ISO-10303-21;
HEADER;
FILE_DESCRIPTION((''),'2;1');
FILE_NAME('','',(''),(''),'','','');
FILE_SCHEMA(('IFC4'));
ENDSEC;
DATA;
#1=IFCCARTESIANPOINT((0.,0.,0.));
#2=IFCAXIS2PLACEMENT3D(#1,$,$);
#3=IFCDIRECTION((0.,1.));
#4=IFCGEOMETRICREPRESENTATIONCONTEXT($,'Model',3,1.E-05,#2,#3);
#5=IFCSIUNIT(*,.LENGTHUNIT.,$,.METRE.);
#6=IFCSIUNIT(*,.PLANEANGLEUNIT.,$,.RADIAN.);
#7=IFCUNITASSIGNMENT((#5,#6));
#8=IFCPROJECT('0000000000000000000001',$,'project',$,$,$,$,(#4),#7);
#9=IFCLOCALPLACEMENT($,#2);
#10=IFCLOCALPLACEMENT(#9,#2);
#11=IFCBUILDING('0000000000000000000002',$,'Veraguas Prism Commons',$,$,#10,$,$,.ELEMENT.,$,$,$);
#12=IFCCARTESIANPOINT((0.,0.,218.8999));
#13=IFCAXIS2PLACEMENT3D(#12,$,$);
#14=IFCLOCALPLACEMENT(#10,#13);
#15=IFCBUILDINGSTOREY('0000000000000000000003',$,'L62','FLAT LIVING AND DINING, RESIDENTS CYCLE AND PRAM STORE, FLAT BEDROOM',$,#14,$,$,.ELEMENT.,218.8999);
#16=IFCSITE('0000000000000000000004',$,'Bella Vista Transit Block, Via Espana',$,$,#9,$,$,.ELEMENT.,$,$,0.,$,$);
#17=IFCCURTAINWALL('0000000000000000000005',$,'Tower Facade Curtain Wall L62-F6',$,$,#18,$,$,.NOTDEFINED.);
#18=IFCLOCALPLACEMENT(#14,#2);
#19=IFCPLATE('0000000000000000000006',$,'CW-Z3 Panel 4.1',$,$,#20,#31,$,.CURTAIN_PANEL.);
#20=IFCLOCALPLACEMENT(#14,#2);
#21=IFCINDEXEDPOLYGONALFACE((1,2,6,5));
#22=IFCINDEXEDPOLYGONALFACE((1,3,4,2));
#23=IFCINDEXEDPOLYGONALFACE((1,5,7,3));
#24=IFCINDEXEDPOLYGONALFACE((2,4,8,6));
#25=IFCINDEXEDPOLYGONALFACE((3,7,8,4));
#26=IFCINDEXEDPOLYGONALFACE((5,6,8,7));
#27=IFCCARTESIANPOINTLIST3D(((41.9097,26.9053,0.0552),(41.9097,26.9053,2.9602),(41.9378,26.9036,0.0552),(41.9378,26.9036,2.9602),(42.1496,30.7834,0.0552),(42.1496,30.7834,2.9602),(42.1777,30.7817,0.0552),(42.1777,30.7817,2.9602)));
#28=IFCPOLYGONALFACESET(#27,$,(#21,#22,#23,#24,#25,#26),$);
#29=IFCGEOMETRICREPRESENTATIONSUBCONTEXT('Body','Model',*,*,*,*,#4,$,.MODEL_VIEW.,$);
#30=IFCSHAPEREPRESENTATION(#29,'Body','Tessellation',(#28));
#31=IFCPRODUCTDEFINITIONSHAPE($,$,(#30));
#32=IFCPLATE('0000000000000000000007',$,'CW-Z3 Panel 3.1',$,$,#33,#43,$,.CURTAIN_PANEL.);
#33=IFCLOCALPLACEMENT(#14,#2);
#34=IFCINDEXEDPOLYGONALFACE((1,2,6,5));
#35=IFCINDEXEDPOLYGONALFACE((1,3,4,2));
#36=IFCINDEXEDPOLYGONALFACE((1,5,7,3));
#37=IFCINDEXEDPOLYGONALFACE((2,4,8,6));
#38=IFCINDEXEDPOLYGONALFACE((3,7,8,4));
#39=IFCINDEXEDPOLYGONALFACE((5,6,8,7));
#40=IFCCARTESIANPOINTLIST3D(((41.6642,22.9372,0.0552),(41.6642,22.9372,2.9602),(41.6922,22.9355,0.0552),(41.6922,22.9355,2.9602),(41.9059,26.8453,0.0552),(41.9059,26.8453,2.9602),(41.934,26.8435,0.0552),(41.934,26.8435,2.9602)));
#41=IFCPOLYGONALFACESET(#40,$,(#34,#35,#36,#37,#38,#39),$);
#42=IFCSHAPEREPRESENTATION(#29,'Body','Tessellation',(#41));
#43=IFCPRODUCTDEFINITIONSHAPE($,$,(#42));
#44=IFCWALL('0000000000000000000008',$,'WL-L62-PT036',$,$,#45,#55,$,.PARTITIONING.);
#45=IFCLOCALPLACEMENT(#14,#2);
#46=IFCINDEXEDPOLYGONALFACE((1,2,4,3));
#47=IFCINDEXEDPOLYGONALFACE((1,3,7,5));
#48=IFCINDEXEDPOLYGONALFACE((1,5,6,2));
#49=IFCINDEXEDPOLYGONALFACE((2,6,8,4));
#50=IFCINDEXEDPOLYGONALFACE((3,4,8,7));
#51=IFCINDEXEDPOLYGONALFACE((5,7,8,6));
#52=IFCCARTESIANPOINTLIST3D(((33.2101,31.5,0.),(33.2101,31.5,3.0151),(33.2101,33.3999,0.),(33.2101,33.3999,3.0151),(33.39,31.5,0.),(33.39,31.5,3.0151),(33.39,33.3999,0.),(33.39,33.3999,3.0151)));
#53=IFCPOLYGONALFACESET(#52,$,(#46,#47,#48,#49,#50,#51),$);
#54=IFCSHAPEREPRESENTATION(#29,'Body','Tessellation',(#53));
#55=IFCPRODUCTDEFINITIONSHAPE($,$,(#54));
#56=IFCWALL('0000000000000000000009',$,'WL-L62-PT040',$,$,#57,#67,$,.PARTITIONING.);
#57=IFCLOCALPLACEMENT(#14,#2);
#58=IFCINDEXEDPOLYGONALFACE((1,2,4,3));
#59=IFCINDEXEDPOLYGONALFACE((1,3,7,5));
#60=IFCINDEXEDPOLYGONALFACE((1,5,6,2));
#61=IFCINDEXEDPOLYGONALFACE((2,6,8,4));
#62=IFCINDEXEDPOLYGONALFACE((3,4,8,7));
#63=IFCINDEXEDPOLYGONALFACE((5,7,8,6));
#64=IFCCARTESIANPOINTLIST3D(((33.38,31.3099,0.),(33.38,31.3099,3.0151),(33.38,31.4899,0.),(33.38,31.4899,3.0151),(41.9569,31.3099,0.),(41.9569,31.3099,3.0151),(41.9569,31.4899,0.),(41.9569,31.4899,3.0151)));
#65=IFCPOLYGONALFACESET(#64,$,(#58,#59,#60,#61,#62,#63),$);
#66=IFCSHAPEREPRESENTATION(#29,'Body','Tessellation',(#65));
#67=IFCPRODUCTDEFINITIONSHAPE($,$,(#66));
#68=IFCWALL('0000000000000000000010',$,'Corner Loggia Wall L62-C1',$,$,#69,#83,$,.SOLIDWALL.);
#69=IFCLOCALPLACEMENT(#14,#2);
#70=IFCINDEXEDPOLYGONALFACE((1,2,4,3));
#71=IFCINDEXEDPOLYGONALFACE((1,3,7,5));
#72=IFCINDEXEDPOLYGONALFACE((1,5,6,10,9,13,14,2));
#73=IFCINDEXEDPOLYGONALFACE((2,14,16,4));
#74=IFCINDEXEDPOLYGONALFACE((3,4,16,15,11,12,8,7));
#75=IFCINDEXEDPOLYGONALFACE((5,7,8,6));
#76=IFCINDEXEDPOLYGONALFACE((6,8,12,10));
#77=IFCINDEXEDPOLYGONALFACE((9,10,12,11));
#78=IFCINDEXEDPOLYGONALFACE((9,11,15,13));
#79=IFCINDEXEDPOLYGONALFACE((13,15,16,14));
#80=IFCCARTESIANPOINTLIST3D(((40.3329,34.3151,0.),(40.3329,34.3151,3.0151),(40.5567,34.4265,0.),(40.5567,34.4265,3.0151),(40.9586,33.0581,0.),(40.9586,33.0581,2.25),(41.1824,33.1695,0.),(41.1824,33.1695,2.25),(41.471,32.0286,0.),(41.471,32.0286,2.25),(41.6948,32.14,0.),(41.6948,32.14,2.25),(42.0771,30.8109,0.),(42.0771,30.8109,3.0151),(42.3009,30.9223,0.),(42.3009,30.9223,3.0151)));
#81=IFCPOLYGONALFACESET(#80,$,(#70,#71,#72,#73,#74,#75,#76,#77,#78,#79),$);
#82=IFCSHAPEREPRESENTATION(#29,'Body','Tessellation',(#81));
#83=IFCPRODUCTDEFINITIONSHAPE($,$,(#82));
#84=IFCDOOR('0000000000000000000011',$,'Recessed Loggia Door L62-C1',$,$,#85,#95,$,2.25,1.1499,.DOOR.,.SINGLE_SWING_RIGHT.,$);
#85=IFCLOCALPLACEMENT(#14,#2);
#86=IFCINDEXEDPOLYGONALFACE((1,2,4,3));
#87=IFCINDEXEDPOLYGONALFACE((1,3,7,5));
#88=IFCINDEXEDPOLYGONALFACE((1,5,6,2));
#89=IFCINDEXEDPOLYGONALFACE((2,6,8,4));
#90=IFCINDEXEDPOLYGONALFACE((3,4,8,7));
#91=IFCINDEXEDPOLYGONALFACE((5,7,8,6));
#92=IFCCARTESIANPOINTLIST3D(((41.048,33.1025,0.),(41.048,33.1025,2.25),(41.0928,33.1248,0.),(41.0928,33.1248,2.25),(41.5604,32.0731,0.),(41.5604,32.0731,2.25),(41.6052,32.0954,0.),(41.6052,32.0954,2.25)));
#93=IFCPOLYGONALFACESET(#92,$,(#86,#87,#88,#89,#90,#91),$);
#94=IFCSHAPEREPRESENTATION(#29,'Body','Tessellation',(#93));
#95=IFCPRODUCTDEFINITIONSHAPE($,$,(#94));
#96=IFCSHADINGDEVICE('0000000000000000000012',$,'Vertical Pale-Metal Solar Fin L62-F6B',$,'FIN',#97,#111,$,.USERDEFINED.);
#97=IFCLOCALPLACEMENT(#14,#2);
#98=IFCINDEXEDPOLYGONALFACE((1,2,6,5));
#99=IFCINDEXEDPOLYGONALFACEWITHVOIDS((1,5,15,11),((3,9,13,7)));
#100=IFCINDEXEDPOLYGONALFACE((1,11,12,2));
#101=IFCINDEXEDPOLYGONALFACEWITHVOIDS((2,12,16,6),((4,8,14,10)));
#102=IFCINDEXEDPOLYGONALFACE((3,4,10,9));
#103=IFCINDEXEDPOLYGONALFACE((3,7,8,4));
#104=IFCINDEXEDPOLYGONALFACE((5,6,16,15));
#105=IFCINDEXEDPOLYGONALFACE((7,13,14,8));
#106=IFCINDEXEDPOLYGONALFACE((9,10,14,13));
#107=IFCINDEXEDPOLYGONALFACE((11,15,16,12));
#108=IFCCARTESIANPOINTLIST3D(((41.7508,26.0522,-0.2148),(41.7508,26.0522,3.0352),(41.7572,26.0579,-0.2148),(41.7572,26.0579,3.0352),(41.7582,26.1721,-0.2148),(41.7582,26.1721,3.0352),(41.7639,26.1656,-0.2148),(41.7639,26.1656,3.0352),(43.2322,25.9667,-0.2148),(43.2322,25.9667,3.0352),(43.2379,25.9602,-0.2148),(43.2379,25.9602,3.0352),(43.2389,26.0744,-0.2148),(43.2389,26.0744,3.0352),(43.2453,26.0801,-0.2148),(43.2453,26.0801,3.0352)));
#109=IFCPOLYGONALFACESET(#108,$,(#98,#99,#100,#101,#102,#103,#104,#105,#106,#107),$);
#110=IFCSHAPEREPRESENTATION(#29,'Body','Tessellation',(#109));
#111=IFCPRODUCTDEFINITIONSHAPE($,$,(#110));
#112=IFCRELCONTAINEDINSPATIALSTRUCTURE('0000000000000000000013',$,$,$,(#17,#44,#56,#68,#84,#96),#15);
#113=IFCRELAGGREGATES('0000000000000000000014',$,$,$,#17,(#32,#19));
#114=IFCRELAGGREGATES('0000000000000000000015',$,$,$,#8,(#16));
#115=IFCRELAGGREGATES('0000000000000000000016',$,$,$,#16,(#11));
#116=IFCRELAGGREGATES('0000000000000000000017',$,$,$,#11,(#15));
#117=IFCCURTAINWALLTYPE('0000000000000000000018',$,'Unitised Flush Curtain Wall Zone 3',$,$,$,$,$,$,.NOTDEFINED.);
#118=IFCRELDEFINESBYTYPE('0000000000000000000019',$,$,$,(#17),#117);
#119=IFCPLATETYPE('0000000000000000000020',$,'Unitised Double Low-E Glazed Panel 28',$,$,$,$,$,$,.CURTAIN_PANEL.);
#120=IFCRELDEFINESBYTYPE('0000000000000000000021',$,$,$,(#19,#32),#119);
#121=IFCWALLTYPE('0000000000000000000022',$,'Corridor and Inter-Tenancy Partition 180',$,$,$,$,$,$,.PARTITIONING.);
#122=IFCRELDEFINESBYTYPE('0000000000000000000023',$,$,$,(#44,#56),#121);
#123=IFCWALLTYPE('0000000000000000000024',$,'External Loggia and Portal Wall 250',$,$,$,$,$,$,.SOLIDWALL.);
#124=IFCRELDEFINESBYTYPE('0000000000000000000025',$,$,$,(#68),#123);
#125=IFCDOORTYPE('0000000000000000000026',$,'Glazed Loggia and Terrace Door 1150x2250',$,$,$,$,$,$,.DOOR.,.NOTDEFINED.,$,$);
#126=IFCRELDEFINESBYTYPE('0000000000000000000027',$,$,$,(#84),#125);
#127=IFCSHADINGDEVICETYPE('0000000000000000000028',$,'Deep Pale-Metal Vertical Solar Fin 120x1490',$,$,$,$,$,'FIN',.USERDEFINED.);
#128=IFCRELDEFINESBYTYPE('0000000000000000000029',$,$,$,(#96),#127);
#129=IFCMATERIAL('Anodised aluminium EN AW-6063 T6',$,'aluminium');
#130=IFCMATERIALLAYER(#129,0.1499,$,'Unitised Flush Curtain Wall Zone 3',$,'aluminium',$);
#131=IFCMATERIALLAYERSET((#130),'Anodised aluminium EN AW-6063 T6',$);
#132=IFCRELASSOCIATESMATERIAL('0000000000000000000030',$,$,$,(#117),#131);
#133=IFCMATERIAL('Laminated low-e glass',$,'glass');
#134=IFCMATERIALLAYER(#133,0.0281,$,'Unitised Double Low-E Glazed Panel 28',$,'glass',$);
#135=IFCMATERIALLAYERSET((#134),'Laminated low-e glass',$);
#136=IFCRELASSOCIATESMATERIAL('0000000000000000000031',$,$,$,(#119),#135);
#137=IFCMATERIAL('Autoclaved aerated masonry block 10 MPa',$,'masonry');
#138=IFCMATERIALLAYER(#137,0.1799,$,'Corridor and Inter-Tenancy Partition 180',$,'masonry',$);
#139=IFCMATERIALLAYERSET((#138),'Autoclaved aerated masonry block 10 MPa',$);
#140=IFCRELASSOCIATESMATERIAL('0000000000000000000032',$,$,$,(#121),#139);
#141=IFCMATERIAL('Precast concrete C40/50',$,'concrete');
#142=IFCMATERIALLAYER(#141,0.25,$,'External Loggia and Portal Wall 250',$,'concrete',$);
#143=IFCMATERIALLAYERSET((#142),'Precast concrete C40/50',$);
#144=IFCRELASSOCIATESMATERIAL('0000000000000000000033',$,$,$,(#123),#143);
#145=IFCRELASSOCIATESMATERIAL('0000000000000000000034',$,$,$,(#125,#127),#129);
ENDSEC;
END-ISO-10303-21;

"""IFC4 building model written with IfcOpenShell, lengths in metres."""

from ifc_helpers import new_model, si_unit, direction, frame, frame_2d, origin, origin_2d, place, context, subcontext, project, spatial, rectangle, hollow_rectangle, extrude, source, transform, mapped, material, layer, layer_set, material_profile, profile_set, type_object, element, fill, aggregate, save


model = new_model("IFC4")

# Units and contexts
model_context = context("Model", 3, precision=1e-05, world=origin(), true_north=direction((0.0, 1.0)))
body_context = subcontext(model_context, "Body", "Model", "MODEL_VIEW")
ifc_project = project(units=[si_unit("LENGTHUNIT", "METRE"), si_unit("PLANEANGLEUNIT", "RADIAN")], contexts=[model_context])

# Site, building, storey
site_placement = place(None, origin())
site = spatial("IfcSite", under=ifc_project, at=site_placement, Name="Bella Vista Transit Block, Via Espana", CompositionType="ELEMENT", RefElevation=0.0)
building_placement = place(site_placement, origin())
building = spatial("IfcBuilding", under=site, at=building_placement, Name="Veraguas Prism Commons", CompositionType="ELEMENT")
storey_placement = place(building_placement, frame((0.0, 0.0, 218.8999)))
storey = spatial("IfcBuildingStorey", under=building, at=storey_placement, Name="L62", Description="FLAT LIVING AND DINING, RESIDENTS CYCLE AND PRAM STORE, FLAT BEDROOM", CompositionType="ELEMENT", Elevation=218.8999)

# Curtain wall, plates
ifc_material_1 = material(Name="Anodised aluminium EN AW-6063 T6", Category="aluminium")
ifc_layer_1 = layer(ifc_material_1, 0.1499, Name="Unitised Flush Curtain Wall Zone 3", Category="aluminium")
ifc_layer_set_1 = layer_set([ifc_layer_1], Name="Anodised aluminium EN AW-6063 T6")
curtain_wall_type = type_object("IfcCurtainWallType", Name="Unitised Flush Curtain Wall Zone 3", PredefinedType="NOTDEFINED", material=ifc_layer_set_1)
curtain_wall_placement = place(storey_placement, origin())
curtain_wall = element("IfcCurtainWall", 1, at=curtain_wall_placement, inside=storey, type_object=curtain_wall_type, Name="Tower Facade Curtain Wall L62-F6", PredefinedType="NOTDEFINED")
ifc_material_2 = material(Name="Laminated low-e glass", Category="glass")
ifc_layer_2 = layer(ifc_material_2, 0.0281, Name="Unitised Double Low-E Glazed Panel 28", Category="glass")
ifc_layer_set_2 = layer_set([ifc_layer_2], Name="Laminated low-e glass")
plate_type = type_object("IfcPlateType", Name="Unitised Double Low-E Glazed Panel 28", PredefinedType="CURTAIN_PANEL", material=ifc_layer_set_2)
shared_shape_1 = source(origin(), body_context, "Body", "SweptSolid", [
    extrude(rectangle(XDim=3.8855, YDim=0.0281, at=origin_2d()), origin(), (0.0, 0.0, 1.0), 2.905),
])
plate_1_placement = place(storey_placement, frame((42.0437, 28.8435, 0.0552), z_axis=(0.0, 0.0, 1.0), x_axis=(0.061745, 0.998092, 0.0)))
plate_1 = element("IfcPlate", 2, at=plate_1_placement, type_object=plate_type, Name="CW-Z3 Panel 4.1", PredefinedType="CURTAIN_PANEL", context=body_context, shape_type="MappedRepresentation", body=[
    mapped(shared_shape_1, transform((0.0, 0.0, 0.0), scale=1.0)),
])
shared_shape_2 = source(origin(), body_context, "Body", "SweptSolid", [
    extrude(rectangle(XDim=3.9155, YDim=0.0281, at=origin_2d()), origin(), (0.0, 0.0, 1.0), 2.905),
])
plate_2_placement = place(storey_placement, frame((41.7991, 24.8904, 0.0552), z_axis=(0.0, 0.0, 1.0), x_axis=(0.061745, 0.998092, 0.0)))
plate_2 = element("IfcPlate", 3, at=plate_2_placement, type_object=plate_type, Name="CW-Z3 Panel 3.1", PredefinedType="CURTAIN_PANEL", context=body_context, shape_type="MappedRepresentation", body=[
    mapped(shared_shape_2, transform((0.0, 0.0, 0.0), scale=1.0)),
])
aggregate(curtain_wall, [plate_2, plate_1])

# Walls
ifc_material_3 = material(Name="Autoclaved aerated masonry block 10 MPa", Category="masonry")
ifc_layer_3 = layer(ifc_material_3, 0.1799, Name="Corridor and Inter-Tenancy Partition 180", Category="masonry")
ifc_layer_set_3 = layer_set([ifc_layer_3], Name="Autoclaved aerated masonry block 10 MPa")
wall_type_1 = type_object("IfcWallType", Name="Corridor and Inter-Tenancy Partition 180", PredefinedType="PARTITIONING", material=ifc_layer_set_3)
wall_1_placement = place(storey_placement, frame((33.3, 31.5, 0.0), z_axis=(0.0, 0.0, 1.0), x_axis=(0.0, 1.0, 0.0)))
element("IfcWall", 4, at=wall_1_placement, inside=storey, type_object=wall_type_1, Name="WL-L62-PT036", PredefinedType="PARTITIONING", context=body_context, shape_type="SweptSolid", body=[
    extrude(rectangle(XDim=1.8999, YDim=0.1799, at=frame_2d((0.95, 0.0))), origin(), (0.0, 0.0, 1.0), 3.0151),
])
wall_2_placement = place(storey_placement, frame((33.3799, 31.3999, 0.0), z_axis=(0.0, 0.0, 1.0), x_axis=(1.0, 0.0, 0.0)))
element("IfcWall", 5, at=wall_2_placement, inside=storey, type_object=wall_type_1, Name="WL-L62-PT040", PredefinedType="PARTITIONING", context=body_context, shape_type="SweptSolid", body=[
    extrude(rectangle(XDim=8.5769, YDim=0.1799, at=frame_2d((4.2886, 0.0))), origin(), (0.0, 0.0, 1.0), 3.0151),
])

# Wall, opening, door
ifc_material_4 = material(Name="Precast concrete C40/50", Category="concrete")
ifc_layer_4 = layer(ifc_material_4, 0.25, Name="External Loggia and Portal Wall 250", Category="concrete")
ifc_layer_set_4 = layer_set([ifc_layer_4], Name="Precast concrete C40/50")
wall_type_2 = type_object("IfcWallType", Name="External Loggia and Portal Wall 250", PredefinedType="SOLIDWALL", material=ifc_layer_set_4)
wall_3_placement = place(storey_placement, frame((42.189, 30.8667, 0.0), z_axis=(0.0, 0.0, 1.0), x_axis=(-0.445591, 0.895237, 0.0)))
wall_3 = element("IfcWall", 6, at=wall_3_placement, inside=storey, type_object=wall_type_2, Name="Corner Loggia Wall L62-C1", PredefinedType="SOLIDWALL", context=body_context, shape_type="SweptSolid", body=[
    extrude(rectangle(XDim=3.9143, YDim=0.25, at=frame_2d((1.957, 0.0))), origin(), (0.0, 0.0, 1.0), 3.0151),
])
opening_placement = place(wall_3_placement, frame((1.3601, 0.0, 0.0)))
opening = element("IfcOpeningElement", 7, at=opening_placement, cuts=wall_3, PredefinedType="OPENING", context=body_context, shape_type="SweptSolid", body=[
    extrude(rectangle(XDim=1.1499, YDim=2.25, at=frame_2d((0.575, 1.125))), frame((0.0, 0.135, 0.0), z_axis=(0.0, -1.0, 0.0), x_axis=(1.0, 0.0, 0.0)), (0.0, 0.0, 1.0), 0.27),
])
door_type = type_object("IfcDoorType", Name="Glazed Loggia and Terrace Door 1150x2250", OperationType="NOTDEFINED", PredefinedType="DOOR", material=ifc_material_1)
shared_shape_3 = source(origin(), body_context, "Body", "SweptSolid", [
    extrude(rectangle(XDim=1.1499, YDim=2.25, at=frame_2d((0.575, 1.125))), frame((0.0, 0.0249, 0.0), z_axis=(0.0, -1.0, 0.0), x_axis=(1.0, 0.0, 0.0)), (0.0, 0.0, 1.0), 0.05),
])
door_placement = place(opening_placement, frame((1.1499, 0.0, 0.0), z_axis=(0.0, 0.0, 1.0), x_axis=(-1.0, 0.0, 0.0)))
door = element("IfcDoor", 8, at=door_placement, inside=storey, type_object=door_type, Name="Recessed Loggia Door L62-C1", OperationType="SINGLE_SWING_RIGHT", OverallHeight=2.25, OverallWidth=1.1499, PredefinedType="DOOR", context=body_context, shape_type="MappedRepresentation", body=[
    mapped(shared_shape_3, transform((0.0, 0.0, 0.0), scale=1.0)),
])
fill(opening, door)

# Shading device
ifc_material_profile_1 = material_profile(ifc_material_1, hollow_rectangle(XDim=0.1201, YDim=1.49, WallThickness=0.0061, at=origin_2d()), Name="FIN120X1490X6")
ifc_profile_set_1 = profile_set([ifc_material_profile_1], Name="Anodised aluminium EN AW-6063 T6")
shading_device_type = type_object("IfcShadingDeviceType", Name="Deep Pale-Metal Vertical Solar Fin 120x1490", ElementType="FIN", PredefinedType="USERDEFINED", material=ifc_profile_set_1)
shading_device_placement = place(storey_placement, frame((42.498, 26.0662, -0.2148), z_axis=(0.0, 0.0, 1.0), x_axis=(0.061745, 0.998092, 0.0)))
element("IfcShadingDevice", 9, at=shading_device_placement, inside=storey, type_object=shading_device_type, Name="Vertical Pale-Metal Solar Fin L62-F6B", ObjectType="FIN", PredefinedType="USERDEFINED", context=body_context, shape_type="SweptSolid", body=[
    extrude(hollow_rectangle(XDim=0.1201, YDim=1.49, WallThickness=0.0061, at=origin_2d()), origin(), (0.0, 0.0, 1.0), 3.25),
])

save(model, "model.ifc")
